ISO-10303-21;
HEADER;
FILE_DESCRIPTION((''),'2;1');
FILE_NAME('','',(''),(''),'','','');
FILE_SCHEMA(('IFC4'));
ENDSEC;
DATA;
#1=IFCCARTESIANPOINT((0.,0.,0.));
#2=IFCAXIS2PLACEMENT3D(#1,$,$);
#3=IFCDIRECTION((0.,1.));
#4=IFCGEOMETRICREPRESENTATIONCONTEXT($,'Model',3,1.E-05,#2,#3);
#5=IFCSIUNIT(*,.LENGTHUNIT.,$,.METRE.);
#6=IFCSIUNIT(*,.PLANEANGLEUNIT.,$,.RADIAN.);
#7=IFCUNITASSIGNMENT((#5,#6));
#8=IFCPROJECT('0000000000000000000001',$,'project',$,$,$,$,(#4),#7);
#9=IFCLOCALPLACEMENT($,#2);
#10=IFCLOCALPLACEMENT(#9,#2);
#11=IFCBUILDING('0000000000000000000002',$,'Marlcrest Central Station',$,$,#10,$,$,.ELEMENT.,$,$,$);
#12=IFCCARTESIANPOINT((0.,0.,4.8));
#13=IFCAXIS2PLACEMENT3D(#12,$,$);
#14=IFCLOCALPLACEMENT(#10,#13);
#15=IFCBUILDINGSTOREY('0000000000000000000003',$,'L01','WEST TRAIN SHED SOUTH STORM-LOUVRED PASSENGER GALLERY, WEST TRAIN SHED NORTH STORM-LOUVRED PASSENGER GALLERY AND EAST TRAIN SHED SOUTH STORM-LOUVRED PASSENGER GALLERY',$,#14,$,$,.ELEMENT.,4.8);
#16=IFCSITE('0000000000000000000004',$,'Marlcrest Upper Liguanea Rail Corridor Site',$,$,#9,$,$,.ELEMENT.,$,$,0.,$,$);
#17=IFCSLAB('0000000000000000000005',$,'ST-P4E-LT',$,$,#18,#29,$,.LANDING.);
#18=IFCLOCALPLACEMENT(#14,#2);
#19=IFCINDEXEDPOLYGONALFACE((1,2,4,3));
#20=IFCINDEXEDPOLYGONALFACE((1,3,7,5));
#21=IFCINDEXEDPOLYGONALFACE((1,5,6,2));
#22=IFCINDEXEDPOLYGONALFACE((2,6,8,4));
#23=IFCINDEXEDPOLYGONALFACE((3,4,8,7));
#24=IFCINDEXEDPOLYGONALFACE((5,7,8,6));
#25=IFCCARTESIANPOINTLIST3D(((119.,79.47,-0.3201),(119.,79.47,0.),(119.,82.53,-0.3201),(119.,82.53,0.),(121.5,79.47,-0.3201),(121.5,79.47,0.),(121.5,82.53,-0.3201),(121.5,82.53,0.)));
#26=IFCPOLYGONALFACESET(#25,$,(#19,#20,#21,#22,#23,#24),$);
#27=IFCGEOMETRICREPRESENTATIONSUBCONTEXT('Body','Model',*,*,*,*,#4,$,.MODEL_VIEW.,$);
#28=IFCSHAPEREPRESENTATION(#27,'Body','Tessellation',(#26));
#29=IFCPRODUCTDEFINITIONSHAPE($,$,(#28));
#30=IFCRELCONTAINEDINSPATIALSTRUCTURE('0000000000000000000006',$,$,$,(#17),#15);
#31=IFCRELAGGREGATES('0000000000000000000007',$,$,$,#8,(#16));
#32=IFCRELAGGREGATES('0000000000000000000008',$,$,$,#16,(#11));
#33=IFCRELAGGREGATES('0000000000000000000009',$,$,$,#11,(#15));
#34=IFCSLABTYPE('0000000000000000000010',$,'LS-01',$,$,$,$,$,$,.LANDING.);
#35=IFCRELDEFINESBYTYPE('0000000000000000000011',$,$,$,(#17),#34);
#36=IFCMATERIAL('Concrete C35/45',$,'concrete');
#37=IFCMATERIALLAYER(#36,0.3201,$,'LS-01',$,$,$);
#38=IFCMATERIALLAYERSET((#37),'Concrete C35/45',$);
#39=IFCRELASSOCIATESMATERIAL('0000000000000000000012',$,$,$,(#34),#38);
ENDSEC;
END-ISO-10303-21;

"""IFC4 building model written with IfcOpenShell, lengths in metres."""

from ifc_helpers import new_model, si_unit, direction, frame, origin, place, context, subcontext, project, spatial, polyline, outline, extrude, material, layer, layer_set, type_object, element, save


model = new_model("IFC4")

# Units and contexts
model_context = context("Model", 3, precision=1e-05, world=origin(), true_north=direction((0.0, 1.0)))
body_context = subcontext(model_context, "Body", "Model", "MODEL_VIEW")
ifc_project = project(units=[si_unit("LENGTHUNIT", "METRE"), si_unit("PLANEANGLEUNIT", "RADIAN")], contexts=[model_context])

# Site, building, storey
site_placement = place(None, origin())
site = spatial("IfcSite", under=ifc_project, at=site_placement, Name="Marlcrest Upper Liguanea Rail Corridor Site", CompositionType="ELEMENT", RefElevation=0.0)
building_placement = place(site_placement, origin())
building = spatial("IfcBuilding", under=site, at=building_placement, Name="Marlcrest Central Station", CompositionType="ELEMENT")
storey_placement = place(building_placement, frame((0.0, 0.0, 4.8)))
storey = spatial("IfcBuildingStorey", under=building, at=storey_placement, Name="L01", Description="WEST TRAIN SHED SOUTH STORM-LOUVRED PASSENGER GALLERY, WEST TRAIN SHED NORTH STORM-LOUVRED PASSENGER GALLERY AND EAST TRAIN SHED SOUTH STORM-LOUVRED PASSENGER GALLERY", CompositionType="ELEMENT", Elevation=4.8)

# Shared definitions
ifc_material = material(Name="Concrete C35/45", Category="concrete")
ifc_layer_1 = layer(ifc_material, 0.3201, Name="LS-01")
ifc_layer_set_1 = layer_set([ifc_layer_1], Name="Concrete C35/45")
slab_type_1 = type_object("IfcSlabType", Name="LS-01", PredefinedType="LANDING", material=ifc_layer_set_1)

# Slab
slab_1_placement = place(storey_placement, frame((0.0, 0.0, -0.3201)))
element("IfcSlab", 1, at=slab_1_placement, inside=storey, type_object=slab_type_1, Name="ST-P4E-LT", PredefinedType="LANDING", context=body_context, shape_type="SweptSolid", body=[
    extrude(outline(polyline([(119.0, 79.47), (121.5, 79.47), (121.5, 82.53), (119.0, 82.53), (119.0, 79.47)])), origin(), (0.0, 0.0, 1.0), 0.3201),
])

save(model, "model.ifc")
